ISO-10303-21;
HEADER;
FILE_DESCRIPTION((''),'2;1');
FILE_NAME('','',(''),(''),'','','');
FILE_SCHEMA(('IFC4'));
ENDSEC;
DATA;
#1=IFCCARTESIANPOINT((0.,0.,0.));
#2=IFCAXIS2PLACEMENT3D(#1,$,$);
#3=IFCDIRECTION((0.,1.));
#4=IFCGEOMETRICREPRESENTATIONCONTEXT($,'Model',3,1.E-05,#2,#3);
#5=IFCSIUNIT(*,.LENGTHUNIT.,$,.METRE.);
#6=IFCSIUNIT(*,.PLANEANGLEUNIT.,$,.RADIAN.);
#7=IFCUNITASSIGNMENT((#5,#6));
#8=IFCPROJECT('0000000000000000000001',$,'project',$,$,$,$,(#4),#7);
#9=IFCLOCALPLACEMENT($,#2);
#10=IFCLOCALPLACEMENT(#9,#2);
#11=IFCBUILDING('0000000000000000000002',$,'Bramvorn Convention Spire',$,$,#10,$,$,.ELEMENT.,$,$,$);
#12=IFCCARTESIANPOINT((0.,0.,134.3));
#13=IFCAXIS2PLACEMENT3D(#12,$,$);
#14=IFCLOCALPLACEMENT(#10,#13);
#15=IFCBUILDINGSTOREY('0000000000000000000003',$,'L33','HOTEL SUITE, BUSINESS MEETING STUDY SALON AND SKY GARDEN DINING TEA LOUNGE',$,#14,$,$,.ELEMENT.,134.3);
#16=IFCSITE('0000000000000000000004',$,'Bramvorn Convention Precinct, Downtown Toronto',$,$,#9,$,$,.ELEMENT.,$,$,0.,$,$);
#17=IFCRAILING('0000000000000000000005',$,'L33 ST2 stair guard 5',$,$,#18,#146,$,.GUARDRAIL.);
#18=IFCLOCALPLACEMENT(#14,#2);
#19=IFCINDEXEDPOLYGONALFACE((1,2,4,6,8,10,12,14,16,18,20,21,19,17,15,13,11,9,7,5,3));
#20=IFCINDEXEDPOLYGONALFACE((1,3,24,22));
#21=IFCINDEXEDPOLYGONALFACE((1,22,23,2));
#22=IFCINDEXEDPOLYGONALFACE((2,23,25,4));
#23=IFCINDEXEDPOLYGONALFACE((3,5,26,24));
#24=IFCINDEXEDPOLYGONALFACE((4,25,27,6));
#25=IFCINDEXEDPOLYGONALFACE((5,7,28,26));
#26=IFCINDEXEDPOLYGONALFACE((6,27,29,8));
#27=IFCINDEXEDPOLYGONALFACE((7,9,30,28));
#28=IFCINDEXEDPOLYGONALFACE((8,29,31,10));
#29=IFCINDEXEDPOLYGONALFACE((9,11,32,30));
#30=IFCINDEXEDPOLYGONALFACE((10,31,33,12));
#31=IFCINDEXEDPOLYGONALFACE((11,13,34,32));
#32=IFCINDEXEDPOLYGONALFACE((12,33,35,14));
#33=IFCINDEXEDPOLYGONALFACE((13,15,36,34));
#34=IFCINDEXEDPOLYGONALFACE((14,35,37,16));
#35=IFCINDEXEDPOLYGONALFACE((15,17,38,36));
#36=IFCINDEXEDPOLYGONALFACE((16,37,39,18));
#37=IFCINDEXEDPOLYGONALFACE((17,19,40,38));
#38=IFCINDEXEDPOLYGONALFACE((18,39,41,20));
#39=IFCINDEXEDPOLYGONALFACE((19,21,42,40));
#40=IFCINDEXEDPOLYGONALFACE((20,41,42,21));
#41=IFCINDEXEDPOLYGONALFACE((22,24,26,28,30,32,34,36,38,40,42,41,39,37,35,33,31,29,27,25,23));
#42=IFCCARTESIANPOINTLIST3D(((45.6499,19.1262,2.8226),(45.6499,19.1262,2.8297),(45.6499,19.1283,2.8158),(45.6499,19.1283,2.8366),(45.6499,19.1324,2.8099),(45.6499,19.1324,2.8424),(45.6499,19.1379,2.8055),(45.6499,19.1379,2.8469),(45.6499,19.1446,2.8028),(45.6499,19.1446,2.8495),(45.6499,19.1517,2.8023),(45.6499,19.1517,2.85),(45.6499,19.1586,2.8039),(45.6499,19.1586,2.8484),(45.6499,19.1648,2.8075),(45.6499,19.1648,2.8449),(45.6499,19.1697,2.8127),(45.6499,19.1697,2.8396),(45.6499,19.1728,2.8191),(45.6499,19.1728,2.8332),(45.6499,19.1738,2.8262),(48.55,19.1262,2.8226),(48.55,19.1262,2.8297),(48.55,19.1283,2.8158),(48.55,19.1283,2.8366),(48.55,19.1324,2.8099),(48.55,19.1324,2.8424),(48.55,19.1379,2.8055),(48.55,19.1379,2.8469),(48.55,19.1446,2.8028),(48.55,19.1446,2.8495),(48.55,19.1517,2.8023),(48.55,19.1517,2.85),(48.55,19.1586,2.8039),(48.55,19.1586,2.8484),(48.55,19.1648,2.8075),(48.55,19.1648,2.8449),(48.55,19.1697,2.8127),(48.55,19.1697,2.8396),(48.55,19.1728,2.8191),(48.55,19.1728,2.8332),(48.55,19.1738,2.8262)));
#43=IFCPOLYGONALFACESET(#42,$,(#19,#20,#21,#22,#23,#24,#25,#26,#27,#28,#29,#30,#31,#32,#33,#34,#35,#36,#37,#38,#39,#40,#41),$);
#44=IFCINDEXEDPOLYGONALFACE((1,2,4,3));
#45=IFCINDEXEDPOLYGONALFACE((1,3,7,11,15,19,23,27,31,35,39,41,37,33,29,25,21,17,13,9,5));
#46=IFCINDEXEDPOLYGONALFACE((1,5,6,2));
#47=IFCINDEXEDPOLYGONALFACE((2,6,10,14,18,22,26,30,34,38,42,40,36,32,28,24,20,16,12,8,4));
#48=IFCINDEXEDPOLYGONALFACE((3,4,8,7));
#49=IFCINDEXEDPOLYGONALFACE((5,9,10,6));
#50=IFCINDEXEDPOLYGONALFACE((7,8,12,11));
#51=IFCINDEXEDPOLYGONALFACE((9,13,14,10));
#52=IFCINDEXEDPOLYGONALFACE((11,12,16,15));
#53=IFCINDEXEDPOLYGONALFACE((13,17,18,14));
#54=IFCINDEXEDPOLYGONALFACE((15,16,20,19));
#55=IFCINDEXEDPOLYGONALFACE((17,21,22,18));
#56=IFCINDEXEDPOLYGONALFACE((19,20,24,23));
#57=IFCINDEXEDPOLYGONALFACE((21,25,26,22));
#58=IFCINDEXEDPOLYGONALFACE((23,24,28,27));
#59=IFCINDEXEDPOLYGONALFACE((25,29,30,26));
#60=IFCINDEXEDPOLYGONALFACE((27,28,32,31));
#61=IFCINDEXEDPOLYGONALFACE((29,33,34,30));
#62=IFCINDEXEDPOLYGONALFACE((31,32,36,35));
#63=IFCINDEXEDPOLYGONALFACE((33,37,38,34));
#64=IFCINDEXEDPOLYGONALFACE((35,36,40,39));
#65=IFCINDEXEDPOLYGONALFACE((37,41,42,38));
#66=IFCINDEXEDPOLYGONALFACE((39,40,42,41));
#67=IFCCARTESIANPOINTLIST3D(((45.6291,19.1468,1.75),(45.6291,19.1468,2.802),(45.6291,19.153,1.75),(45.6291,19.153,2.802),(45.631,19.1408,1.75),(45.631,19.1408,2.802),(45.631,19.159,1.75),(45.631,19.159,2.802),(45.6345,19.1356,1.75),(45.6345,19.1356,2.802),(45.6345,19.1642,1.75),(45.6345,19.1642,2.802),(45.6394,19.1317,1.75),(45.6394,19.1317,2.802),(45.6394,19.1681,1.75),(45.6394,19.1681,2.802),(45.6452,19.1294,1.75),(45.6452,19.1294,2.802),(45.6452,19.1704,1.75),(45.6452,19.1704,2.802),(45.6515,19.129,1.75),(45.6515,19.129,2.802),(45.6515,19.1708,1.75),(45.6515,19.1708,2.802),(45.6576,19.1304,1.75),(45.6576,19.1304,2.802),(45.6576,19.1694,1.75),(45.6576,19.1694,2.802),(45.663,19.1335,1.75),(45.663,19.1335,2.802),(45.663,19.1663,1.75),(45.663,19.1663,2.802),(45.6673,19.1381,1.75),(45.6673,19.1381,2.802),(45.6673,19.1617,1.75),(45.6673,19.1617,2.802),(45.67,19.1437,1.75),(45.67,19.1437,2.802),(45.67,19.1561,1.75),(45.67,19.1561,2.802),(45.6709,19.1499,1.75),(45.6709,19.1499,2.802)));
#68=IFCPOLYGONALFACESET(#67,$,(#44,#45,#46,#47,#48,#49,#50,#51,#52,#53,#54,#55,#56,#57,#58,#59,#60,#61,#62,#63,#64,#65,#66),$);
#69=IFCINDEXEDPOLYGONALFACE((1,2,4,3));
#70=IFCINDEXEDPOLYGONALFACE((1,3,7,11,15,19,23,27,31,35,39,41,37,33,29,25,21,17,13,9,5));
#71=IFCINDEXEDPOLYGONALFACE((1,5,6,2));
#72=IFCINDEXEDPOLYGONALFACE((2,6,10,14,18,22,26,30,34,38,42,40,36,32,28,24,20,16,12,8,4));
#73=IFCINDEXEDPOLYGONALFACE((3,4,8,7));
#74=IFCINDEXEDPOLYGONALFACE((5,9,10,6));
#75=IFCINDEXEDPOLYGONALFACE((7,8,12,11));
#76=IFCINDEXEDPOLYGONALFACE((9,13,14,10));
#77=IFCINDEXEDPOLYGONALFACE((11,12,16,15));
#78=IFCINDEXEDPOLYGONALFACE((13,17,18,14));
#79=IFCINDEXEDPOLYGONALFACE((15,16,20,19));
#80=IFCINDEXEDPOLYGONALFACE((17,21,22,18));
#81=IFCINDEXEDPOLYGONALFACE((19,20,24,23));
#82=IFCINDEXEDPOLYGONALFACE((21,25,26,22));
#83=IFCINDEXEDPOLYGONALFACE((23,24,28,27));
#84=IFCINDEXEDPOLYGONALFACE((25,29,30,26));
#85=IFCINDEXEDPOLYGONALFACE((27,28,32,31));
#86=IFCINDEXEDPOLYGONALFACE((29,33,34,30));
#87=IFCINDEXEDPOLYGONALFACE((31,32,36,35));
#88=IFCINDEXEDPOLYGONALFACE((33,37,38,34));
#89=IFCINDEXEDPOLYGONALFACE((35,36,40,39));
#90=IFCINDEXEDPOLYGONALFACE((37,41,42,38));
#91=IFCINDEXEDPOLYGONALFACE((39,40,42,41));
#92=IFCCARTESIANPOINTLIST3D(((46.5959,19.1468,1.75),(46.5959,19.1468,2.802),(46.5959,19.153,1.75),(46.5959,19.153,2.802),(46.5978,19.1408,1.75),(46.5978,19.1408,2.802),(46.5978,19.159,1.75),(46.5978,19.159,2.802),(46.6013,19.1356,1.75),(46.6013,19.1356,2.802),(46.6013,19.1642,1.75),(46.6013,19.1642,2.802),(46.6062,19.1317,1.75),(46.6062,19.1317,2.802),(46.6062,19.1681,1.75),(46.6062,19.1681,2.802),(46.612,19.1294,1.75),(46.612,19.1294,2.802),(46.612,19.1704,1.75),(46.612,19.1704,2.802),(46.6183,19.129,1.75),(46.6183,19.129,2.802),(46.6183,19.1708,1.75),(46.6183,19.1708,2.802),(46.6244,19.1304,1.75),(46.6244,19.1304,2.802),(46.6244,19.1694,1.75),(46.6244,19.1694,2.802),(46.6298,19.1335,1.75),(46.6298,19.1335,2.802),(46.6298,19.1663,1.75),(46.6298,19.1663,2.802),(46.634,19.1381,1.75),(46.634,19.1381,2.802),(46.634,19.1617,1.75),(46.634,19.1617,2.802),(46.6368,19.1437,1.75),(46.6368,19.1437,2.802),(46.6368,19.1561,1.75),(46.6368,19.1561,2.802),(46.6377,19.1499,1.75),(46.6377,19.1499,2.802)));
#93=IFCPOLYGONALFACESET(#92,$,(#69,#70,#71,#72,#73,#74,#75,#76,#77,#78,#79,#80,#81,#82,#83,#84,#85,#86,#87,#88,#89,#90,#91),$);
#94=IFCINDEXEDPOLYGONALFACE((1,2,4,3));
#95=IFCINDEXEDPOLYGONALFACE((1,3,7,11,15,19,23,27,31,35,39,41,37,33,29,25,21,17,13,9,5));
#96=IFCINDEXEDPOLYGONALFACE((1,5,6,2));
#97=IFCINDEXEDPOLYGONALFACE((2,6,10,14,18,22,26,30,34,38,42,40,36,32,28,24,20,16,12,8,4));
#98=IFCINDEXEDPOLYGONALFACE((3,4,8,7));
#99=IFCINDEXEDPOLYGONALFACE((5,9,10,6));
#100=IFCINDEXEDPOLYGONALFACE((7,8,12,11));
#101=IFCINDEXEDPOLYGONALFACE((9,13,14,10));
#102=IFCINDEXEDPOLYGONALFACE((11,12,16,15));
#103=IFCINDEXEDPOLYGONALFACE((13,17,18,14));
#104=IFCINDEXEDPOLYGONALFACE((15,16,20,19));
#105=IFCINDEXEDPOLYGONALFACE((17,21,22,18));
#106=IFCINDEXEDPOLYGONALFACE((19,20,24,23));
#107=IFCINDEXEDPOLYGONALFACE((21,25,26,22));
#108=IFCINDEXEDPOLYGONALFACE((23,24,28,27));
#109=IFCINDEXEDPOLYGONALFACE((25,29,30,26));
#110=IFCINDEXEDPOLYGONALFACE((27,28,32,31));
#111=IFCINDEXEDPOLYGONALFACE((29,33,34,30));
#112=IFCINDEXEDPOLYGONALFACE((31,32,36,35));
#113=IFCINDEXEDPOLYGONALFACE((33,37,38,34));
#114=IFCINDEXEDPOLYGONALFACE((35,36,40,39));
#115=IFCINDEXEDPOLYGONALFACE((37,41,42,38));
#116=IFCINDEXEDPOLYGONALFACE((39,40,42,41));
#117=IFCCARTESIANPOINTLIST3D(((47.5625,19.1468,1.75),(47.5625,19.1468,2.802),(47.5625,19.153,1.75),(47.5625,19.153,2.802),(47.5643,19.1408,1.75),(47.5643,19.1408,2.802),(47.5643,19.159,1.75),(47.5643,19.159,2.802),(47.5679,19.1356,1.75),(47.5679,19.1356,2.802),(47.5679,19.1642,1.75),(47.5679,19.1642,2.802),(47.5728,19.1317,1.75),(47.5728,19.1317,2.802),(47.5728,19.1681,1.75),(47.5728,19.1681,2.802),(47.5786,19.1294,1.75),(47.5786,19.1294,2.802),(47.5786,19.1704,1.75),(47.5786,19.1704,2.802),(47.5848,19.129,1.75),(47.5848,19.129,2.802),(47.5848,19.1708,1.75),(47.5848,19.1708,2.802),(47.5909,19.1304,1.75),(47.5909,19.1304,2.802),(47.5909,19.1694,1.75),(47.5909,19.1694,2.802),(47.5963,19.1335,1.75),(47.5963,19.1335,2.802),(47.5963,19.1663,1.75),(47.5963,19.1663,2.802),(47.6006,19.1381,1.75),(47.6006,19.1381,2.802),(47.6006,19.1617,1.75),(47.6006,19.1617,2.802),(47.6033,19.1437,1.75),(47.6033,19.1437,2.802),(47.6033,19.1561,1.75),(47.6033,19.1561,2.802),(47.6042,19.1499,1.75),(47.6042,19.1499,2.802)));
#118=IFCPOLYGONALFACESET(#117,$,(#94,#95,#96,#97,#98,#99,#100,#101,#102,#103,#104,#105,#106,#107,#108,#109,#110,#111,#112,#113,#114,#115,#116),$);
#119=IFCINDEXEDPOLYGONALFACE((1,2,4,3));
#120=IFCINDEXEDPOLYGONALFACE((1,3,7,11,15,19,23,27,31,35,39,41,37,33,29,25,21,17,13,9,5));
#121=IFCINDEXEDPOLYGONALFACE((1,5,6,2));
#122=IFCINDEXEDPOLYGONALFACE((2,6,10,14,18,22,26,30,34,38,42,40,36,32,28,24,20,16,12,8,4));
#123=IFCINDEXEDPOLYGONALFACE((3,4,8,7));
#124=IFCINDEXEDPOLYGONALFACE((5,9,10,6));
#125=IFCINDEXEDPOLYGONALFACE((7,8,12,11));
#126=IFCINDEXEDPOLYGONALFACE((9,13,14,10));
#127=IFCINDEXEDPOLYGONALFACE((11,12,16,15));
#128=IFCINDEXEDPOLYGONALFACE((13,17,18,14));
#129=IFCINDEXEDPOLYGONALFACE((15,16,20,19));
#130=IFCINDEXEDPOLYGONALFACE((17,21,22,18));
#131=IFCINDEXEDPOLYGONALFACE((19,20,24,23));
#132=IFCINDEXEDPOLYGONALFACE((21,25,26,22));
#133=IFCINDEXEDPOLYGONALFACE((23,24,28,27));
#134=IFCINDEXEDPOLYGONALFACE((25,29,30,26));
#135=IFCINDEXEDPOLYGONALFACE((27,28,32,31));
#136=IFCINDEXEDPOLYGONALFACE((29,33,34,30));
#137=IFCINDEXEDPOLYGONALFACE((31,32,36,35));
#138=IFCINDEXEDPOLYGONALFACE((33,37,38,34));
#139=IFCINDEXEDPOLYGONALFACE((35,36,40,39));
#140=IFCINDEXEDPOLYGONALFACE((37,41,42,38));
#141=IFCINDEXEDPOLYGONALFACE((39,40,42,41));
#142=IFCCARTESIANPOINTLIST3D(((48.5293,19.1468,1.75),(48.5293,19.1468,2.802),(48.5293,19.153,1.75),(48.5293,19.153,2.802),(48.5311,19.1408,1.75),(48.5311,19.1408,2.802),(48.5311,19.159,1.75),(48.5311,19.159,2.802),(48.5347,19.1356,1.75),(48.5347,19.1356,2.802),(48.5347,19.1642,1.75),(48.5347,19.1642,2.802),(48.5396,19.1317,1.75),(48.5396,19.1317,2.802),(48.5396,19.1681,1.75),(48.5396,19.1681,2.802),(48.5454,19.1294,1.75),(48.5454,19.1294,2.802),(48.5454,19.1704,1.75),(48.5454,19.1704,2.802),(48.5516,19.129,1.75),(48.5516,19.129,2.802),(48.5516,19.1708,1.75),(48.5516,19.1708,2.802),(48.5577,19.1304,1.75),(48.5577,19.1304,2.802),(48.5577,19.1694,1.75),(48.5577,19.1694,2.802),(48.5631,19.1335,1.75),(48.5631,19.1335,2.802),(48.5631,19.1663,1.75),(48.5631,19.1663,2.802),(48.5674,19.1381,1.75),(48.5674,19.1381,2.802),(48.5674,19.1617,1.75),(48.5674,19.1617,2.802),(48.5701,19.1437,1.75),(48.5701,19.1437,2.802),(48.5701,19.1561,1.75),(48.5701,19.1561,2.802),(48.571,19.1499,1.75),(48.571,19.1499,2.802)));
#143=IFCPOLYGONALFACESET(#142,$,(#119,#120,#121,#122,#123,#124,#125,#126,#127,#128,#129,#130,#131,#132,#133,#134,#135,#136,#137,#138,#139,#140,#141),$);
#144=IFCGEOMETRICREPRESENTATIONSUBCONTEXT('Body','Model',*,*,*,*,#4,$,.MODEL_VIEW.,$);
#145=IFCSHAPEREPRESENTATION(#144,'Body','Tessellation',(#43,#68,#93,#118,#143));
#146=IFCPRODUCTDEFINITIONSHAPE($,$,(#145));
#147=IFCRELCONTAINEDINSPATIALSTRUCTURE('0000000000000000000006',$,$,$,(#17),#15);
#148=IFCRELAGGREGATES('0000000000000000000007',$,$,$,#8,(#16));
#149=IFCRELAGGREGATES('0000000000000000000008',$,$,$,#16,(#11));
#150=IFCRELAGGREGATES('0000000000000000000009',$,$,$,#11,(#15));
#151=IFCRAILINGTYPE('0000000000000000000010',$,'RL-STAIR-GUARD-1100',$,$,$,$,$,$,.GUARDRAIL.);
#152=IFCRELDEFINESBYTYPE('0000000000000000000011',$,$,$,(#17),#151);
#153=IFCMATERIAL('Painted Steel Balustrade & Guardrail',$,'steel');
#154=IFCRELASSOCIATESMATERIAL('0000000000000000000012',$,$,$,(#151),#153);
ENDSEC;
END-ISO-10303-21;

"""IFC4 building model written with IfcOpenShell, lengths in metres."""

from ifc_helpers import new_model, si_unit, direction, frame, origin, origin_2d, place, context, subcontext, project, spatial, circle, extrude, material, type_object, element, save


model = new_model("IFC4")

# Units and contexts
model_context = context("Model", 3, precision=1e-05, world=origin(), true_north=direction((0.0, 1.0)))
body_context = subcontext(model_context, "Body", "Model", "MODEL_VIEW")
ifc_project = project(units=[si_unit("LENGTHUNIT", "METRE"), si_unit("PLANEANGLEUNIT", "RADIAN")], contexts=[model_context])

# Site, building, storey
site_placement = place(None, origin())
site = spatial("IfcSite", under=ifc_project, at=site_placement, Name="Bramvorn Convention Precinct, Downtown Toronto", CompositionType="ELEMENT", RefElevation=0.0)
building_placement = place(site_placement, origin())
building = spatial("IfcBuilding", under=site, at=building_placement, Name="Bramvorn Convention Spire", CompositionType="ELEMENT")
storey_placement = place(building_placement, frame((0.0, 0.0, 134.3)))
storey = spatial("IfcBuildingStorey", under=building, at=storey_placement, Name="L33", Description="HOTEL SUITE, BUSINESS MEETING STUDY SALON AND SKY GARDEN DINING TEA LOUNGE", CompositionType="ELEMENT", Elevation=134.3)

# Railing
ifc_material_1 = material(Name="Painted Steel Balustrade & Guardrail", Category="steel")
railing_type = type_object("IfcRailingType", Name="RL-STAIR-GUARD-1100", PredefinedType="GUARDRAIL", material=ifc_material_1)
railing_1_placement = place(storey_placement, frame((45.6499, 19.1499, 1.75)))
element("IfcRailing", 1, at=railing_1_placement, inside=storey, type_object=railing_type, Name="L33 ST2 stair guard 5", PredefinedType="GUARDRAIL", context=body_context, shape_type="SweptSolid", body=[
    extrude(circle(Radius=0.0239, at=origin_2d()), frame((0.0, 0.0, 1.0762), z_axis=(1.0, 0.0, 0.0), x_axis=(0.0, 1.0, 0.0)), (0.0, 0.0, 1.0), 2.9001),
    extrude(circle(Radius=0.021, at=origin_2d()), origin(), (0.0, 0.0, 1.0), 1.052),
    extrude(circle(Radius=0.021, at=origin_2d()), frame((0.9668, 0.0, 0.0)), (0.0, 0.0, 1.0), 1.052),
    extrude(circle(Radius=0.021, at=origin_2d()), frame((1.9333, 0.0, 0.0)), (0.0, 0.0, 1.0), 1.052),
    extrude(circle(Radius=0.021, at=origin_2d()), frame((2.9001, 0.0, 0.0)), (0.0, 0.0, 1.0), 1.052),
])

save(model, "model.ifc")
